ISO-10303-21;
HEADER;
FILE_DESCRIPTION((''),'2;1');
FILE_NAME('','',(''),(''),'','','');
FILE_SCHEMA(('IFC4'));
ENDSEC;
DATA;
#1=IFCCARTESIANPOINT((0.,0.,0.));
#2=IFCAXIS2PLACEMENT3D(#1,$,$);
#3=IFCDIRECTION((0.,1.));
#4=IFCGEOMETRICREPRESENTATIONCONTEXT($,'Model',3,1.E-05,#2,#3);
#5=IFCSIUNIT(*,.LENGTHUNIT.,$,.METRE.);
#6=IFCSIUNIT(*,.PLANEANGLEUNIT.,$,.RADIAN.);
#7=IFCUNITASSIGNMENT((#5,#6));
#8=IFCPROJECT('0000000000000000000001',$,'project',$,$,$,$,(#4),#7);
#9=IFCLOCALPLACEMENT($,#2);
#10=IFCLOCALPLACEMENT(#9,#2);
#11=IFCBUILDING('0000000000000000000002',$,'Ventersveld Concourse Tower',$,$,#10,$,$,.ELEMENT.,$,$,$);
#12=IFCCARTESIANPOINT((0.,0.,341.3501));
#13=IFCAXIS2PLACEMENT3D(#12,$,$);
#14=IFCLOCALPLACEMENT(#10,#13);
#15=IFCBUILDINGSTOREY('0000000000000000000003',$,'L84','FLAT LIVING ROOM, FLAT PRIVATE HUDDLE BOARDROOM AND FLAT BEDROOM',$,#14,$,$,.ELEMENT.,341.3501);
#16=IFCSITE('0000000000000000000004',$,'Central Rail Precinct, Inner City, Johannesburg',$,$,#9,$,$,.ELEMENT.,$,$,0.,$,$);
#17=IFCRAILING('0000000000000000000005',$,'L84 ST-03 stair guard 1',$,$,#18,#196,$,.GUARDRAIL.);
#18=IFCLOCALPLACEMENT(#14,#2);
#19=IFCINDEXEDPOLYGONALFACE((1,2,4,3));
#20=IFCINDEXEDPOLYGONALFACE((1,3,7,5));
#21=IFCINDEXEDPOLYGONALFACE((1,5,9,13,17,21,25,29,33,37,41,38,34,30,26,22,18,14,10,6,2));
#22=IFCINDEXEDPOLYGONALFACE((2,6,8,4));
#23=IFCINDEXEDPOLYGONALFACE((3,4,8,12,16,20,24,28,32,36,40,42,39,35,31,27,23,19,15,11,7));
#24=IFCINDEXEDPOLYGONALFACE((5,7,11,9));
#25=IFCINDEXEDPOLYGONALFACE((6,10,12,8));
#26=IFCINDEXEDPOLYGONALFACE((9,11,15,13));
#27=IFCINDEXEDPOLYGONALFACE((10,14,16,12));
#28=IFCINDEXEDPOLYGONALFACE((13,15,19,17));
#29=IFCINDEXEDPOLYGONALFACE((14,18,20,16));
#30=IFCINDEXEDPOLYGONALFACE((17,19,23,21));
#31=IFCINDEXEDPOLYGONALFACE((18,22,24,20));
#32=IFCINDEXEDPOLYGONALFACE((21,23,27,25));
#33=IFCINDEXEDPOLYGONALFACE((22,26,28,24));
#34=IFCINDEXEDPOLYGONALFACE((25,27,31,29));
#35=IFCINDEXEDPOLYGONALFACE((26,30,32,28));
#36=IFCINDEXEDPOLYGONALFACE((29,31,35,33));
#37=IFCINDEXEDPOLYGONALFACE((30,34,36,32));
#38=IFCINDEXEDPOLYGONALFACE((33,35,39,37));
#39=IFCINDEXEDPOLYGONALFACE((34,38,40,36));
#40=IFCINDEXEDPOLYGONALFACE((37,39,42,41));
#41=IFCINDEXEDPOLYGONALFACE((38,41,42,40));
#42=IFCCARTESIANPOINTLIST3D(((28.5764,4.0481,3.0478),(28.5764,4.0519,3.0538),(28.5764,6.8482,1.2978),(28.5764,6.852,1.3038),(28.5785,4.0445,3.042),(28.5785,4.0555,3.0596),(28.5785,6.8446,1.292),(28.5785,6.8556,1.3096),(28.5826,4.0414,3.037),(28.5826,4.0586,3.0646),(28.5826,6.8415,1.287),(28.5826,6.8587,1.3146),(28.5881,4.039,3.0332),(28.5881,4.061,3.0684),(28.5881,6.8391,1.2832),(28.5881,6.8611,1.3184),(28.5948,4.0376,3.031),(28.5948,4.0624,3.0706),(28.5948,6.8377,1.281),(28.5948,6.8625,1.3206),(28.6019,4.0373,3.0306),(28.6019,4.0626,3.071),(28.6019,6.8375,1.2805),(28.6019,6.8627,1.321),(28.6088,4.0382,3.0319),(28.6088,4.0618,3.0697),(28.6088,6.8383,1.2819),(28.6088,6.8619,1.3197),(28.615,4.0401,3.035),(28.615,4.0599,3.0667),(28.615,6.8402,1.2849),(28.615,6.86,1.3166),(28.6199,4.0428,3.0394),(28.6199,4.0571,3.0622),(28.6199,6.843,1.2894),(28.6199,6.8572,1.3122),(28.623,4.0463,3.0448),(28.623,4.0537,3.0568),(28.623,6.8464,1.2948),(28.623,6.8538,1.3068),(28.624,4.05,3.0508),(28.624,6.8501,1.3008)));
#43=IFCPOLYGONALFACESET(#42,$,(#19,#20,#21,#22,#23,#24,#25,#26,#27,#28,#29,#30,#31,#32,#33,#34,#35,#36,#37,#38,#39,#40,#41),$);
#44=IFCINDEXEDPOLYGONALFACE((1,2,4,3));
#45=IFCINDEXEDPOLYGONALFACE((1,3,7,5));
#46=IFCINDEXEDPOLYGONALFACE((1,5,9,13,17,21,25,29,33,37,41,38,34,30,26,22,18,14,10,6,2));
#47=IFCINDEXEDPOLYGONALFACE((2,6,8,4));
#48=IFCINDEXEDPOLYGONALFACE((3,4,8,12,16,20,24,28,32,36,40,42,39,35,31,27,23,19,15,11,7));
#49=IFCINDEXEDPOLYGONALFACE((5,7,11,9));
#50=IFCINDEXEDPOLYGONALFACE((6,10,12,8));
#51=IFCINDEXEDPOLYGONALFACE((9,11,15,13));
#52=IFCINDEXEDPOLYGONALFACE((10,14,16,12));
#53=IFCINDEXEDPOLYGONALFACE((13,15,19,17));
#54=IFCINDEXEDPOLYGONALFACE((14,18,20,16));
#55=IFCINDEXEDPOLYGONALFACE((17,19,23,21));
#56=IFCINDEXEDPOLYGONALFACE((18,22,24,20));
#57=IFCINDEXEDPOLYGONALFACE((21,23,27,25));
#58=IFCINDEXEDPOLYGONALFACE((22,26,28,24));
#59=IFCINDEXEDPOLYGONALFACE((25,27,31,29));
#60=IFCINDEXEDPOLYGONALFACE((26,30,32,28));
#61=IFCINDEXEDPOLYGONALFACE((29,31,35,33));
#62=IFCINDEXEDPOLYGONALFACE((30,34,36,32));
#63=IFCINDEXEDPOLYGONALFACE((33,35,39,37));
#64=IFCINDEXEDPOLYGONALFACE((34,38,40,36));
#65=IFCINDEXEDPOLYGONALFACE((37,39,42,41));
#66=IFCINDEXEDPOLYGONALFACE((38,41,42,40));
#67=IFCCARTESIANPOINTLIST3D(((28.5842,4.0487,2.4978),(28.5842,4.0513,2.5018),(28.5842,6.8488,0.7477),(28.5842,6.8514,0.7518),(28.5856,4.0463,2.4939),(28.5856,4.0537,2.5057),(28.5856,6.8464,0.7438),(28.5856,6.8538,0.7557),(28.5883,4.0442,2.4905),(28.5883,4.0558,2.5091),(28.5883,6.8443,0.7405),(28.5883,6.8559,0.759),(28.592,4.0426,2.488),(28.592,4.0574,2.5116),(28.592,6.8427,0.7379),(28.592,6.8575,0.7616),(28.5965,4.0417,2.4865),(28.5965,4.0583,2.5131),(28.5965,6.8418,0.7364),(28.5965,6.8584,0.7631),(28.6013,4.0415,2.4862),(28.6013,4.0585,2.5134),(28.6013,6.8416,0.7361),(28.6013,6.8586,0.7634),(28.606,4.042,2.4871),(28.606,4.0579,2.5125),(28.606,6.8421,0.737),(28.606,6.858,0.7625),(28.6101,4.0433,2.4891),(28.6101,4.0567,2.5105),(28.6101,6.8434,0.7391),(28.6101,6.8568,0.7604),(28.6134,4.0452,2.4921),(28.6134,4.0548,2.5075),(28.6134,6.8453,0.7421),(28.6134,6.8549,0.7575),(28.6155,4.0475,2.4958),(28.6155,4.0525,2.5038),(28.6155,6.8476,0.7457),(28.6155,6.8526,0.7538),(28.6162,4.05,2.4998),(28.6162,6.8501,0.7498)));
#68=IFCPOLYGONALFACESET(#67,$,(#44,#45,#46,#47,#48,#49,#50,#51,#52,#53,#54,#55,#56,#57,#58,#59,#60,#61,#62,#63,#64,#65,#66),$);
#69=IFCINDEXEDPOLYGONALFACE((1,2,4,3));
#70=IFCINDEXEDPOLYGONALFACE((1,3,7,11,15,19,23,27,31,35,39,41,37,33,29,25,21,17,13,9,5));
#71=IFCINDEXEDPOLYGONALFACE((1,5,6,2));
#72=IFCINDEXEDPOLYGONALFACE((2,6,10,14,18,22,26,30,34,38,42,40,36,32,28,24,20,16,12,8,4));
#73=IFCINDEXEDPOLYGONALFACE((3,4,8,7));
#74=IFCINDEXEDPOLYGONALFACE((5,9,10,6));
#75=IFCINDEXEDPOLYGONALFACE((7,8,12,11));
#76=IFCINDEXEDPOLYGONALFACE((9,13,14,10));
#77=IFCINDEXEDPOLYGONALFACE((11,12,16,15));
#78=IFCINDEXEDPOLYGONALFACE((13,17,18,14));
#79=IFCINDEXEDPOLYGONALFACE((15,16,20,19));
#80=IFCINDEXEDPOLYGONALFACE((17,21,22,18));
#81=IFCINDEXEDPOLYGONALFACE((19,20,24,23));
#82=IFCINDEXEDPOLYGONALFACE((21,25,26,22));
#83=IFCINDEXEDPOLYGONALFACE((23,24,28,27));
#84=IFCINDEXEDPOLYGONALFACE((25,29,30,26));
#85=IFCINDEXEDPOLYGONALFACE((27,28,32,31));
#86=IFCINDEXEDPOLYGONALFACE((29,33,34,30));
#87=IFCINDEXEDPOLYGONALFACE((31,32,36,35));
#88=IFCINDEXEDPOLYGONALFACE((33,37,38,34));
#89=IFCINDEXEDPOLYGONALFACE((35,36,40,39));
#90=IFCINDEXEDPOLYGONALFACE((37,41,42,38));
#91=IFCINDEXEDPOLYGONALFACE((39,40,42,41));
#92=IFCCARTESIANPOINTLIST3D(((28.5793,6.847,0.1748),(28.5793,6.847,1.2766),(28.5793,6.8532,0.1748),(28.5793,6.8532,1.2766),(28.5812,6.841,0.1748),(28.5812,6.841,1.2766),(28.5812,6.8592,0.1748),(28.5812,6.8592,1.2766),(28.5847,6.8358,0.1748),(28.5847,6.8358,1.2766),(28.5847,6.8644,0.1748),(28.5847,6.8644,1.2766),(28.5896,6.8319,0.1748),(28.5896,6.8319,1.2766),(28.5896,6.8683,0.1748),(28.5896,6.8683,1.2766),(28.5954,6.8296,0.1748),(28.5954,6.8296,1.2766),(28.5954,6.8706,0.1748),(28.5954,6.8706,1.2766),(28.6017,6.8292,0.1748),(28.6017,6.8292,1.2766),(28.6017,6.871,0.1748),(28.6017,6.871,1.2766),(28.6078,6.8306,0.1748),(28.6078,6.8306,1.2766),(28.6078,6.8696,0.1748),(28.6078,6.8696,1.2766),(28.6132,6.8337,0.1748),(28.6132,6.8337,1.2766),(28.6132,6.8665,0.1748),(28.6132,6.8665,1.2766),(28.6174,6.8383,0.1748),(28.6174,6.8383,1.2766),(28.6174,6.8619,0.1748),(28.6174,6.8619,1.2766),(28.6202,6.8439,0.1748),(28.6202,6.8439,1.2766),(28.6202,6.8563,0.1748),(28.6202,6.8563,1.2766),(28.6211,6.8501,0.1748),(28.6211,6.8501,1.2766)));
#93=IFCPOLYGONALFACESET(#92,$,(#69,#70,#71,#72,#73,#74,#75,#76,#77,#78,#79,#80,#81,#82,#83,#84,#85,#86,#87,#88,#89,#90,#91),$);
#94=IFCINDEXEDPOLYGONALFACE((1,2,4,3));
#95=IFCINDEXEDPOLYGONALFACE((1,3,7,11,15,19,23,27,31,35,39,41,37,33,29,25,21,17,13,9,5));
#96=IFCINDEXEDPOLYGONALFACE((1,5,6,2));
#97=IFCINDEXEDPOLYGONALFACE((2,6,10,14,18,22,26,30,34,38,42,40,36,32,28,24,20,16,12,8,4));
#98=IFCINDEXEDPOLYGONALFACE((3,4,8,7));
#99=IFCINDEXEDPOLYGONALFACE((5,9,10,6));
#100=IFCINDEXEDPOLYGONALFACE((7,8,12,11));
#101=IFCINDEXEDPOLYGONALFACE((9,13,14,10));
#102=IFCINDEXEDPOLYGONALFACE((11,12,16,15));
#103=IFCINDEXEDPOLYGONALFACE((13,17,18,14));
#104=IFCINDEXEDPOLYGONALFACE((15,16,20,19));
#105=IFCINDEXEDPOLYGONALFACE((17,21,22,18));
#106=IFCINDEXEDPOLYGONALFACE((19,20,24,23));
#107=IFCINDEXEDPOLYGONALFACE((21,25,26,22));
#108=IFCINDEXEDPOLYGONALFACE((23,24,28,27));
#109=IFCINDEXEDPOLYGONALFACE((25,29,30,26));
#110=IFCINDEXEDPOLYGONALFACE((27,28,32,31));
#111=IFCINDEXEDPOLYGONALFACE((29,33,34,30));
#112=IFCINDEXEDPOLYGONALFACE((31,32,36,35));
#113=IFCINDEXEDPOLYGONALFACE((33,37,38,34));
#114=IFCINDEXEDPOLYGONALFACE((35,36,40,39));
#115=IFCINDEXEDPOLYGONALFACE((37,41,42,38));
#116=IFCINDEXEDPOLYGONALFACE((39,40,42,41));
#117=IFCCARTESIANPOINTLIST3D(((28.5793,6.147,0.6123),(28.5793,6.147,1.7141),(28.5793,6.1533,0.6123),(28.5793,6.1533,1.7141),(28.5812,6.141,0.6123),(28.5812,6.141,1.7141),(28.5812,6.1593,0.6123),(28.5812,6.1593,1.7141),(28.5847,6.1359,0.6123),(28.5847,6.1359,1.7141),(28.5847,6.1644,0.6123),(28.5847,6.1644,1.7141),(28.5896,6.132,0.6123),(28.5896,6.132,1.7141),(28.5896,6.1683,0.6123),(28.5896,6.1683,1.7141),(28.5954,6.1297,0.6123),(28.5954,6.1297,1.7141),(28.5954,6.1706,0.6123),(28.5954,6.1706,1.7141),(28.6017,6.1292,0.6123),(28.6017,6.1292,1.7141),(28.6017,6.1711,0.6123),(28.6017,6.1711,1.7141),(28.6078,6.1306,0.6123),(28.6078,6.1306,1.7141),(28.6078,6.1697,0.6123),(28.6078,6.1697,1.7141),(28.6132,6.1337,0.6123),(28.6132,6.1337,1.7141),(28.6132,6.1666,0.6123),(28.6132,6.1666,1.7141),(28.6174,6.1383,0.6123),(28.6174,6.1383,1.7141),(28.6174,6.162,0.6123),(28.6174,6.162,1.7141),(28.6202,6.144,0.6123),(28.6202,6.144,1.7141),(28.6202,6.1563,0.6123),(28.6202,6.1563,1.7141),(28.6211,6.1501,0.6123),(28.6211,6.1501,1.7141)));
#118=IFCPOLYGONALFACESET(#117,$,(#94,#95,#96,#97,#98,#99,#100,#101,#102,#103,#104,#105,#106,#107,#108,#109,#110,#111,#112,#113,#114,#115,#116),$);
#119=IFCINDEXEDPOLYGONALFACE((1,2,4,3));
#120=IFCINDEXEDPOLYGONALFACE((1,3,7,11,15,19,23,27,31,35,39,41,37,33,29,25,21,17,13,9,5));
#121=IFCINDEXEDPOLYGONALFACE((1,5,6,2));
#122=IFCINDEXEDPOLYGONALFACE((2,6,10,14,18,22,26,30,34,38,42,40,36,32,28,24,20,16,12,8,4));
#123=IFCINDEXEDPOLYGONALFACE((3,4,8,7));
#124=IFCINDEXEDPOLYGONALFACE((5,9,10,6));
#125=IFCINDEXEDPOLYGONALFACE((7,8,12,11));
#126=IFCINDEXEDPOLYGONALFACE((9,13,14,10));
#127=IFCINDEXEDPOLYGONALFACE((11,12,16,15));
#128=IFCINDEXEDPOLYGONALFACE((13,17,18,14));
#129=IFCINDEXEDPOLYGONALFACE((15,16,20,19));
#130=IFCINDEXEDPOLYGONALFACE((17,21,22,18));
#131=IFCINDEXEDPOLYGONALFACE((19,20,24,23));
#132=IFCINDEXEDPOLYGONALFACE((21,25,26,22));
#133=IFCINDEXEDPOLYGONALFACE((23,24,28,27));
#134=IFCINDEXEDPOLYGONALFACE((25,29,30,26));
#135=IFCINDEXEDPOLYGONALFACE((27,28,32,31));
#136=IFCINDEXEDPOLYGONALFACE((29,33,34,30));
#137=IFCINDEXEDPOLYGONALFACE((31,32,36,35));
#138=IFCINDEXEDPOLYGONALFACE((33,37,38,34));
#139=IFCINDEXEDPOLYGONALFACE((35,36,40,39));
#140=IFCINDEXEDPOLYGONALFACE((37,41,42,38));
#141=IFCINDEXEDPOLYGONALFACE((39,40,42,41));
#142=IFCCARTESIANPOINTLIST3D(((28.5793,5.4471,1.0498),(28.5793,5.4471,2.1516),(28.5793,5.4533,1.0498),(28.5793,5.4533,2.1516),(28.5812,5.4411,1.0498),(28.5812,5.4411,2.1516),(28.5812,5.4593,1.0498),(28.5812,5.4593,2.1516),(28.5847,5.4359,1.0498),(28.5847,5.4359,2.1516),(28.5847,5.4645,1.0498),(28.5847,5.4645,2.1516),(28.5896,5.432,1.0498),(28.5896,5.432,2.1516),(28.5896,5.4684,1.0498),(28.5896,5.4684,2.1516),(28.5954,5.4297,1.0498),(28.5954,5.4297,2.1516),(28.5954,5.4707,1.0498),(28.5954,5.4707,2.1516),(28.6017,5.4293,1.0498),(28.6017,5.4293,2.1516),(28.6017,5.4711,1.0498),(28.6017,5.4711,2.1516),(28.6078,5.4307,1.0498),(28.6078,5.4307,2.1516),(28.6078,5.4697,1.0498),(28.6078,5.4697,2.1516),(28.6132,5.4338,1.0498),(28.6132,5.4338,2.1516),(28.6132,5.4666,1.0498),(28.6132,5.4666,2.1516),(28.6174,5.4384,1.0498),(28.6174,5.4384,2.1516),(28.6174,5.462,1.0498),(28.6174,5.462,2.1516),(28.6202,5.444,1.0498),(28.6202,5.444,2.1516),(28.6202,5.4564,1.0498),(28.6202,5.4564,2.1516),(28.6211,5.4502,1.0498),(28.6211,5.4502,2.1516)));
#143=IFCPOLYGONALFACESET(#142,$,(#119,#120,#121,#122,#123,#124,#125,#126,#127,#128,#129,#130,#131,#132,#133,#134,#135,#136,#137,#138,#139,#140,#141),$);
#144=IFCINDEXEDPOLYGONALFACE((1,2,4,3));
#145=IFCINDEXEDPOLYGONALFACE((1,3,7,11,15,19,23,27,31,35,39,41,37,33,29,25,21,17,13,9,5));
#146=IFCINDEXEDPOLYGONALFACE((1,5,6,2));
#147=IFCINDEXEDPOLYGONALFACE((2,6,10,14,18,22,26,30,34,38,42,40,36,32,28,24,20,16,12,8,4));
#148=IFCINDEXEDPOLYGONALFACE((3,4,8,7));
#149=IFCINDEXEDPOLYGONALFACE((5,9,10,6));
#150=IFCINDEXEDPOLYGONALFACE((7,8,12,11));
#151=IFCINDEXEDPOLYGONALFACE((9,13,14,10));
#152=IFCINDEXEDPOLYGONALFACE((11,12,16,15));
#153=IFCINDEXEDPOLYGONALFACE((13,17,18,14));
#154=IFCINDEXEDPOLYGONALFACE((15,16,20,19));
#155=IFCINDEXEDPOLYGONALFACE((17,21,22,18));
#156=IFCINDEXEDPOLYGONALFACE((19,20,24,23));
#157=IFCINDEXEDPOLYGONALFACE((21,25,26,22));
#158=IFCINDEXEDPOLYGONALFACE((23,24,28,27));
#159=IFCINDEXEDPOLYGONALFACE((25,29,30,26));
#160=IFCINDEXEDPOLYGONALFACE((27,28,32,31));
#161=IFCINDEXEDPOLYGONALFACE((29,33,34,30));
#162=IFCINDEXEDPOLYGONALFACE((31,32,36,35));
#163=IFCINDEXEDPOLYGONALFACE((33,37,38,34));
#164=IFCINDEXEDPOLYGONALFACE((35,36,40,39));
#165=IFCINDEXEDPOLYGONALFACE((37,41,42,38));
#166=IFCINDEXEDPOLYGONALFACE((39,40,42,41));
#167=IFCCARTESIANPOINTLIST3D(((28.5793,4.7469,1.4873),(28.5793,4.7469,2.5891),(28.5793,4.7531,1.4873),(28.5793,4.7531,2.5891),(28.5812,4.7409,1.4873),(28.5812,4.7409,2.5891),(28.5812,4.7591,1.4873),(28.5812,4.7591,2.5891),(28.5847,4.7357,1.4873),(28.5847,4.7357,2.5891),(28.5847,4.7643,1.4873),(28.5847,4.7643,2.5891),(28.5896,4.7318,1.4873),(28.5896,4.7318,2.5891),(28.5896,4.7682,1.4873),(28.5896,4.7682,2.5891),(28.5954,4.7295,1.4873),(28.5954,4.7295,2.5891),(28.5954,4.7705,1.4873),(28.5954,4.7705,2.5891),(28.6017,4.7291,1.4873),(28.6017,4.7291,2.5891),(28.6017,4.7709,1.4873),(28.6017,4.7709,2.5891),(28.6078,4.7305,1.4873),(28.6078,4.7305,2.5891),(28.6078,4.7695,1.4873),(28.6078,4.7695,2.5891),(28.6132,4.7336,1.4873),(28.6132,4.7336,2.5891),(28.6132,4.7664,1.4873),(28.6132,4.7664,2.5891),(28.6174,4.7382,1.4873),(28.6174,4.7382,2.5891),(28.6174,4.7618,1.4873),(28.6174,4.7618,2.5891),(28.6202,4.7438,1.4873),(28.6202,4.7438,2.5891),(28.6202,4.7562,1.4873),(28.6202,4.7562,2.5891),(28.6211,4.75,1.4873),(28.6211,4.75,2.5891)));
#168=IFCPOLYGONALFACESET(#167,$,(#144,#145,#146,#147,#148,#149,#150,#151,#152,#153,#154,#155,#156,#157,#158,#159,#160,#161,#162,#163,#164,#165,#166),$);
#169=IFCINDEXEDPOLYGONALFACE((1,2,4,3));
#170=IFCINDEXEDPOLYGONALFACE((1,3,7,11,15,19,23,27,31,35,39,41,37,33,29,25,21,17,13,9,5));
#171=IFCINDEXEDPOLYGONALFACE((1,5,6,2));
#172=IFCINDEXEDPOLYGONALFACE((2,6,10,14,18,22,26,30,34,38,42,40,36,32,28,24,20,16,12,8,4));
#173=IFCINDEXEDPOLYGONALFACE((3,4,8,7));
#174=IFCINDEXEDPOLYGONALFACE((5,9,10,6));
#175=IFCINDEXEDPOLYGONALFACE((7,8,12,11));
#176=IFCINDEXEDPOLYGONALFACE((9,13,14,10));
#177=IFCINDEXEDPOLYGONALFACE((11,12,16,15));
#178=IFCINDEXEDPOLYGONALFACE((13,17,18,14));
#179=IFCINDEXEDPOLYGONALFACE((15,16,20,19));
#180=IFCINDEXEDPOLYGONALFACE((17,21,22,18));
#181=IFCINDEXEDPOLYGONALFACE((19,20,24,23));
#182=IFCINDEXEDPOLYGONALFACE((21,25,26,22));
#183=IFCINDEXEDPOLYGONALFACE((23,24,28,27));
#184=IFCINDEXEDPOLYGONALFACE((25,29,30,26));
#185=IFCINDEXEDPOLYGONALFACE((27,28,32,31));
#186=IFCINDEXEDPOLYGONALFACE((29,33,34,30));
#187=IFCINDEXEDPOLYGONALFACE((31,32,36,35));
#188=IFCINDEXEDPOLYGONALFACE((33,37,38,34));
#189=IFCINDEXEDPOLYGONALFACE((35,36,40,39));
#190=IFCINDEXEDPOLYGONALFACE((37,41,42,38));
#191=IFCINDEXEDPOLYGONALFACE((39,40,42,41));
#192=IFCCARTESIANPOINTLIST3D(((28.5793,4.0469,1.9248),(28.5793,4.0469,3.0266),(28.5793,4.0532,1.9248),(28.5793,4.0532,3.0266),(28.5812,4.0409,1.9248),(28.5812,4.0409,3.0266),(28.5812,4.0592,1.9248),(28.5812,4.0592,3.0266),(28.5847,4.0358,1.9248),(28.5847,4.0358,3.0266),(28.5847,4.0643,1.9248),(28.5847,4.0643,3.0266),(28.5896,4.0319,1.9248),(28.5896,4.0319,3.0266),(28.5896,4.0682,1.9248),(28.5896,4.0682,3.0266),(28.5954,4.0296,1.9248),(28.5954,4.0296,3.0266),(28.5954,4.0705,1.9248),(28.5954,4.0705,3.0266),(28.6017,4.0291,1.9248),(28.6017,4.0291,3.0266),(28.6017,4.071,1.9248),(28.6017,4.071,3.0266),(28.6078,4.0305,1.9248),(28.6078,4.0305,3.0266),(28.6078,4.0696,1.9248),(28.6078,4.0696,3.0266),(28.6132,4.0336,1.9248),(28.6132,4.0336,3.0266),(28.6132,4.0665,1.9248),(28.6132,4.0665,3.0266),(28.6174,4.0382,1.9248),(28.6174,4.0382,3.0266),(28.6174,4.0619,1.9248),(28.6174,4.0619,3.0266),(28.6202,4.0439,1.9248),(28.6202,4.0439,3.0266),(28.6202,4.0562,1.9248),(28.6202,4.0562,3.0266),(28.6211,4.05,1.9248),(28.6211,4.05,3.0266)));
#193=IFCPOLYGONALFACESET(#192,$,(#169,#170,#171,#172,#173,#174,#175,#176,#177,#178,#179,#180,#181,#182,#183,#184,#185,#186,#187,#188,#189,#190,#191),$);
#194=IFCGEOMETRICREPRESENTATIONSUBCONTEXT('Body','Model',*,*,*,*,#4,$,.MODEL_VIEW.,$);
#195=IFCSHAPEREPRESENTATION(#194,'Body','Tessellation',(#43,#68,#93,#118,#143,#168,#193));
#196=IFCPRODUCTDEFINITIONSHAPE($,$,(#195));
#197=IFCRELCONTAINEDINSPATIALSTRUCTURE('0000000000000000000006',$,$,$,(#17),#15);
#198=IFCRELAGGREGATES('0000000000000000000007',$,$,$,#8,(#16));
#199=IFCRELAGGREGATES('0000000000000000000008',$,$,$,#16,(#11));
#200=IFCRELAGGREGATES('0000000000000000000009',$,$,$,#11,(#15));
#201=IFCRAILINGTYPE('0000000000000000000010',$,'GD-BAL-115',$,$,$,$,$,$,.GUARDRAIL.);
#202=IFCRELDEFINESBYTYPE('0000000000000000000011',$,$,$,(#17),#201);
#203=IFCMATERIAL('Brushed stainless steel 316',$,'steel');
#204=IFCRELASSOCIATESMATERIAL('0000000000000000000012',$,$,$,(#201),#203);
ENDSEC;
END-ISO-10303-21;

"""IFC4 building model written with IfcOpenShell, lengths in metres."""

from ifc_helpers import new_model, si_unit, direction, frame, origin, origin_2d, place, context, subcontext, project, spatial, circle, extrude, material, type_object, element, save


model = new_model("IFC4")

# Units and contexts
model_context = context("Model", 3, precision=1e-05, world=origin(), true_north=direction((0.0, 1.0)))
body_context = subcontext(model_context, "Body", "Model", "MODEL_VIEW")
ifc_project = project(units=[si_unit("LENGTHUNIT", "METRE"), si_unit("PLANEANGLEUNIT", "RADIAN")], contexts=[model_context])

# Site, building, storey
site_placement = place(None, origin())
site = spatial("IfcSite", under=ifc_project, at=site_placement, Name="Central Rail Precinct, Inner City, Johannesburg", CompositionType="ELEMENT", RefElevation=0.0)
building_placement = place(site_placement, origin())
building = spatial("IfcBuilding", under=site, at=building_placement, Name="Ventersveld Concourse Tower", CompositionType="ELEMENT")
storey_placement = place(building_placement, frame((0.0, 0.0, 341.3501)))
storey = spatial("IfcBuildingStorey", under=building, at=storey_placement, Name="L84", Description="FLAT LIVING ROOM, FLAT PRIVATE HUDDLE BOARDROOM AND FLAT BEDROOM", CompositionType="ELEMENT", Elevation=341.3501)

# Railing
ifc_material_1 = material(Name="Brushed stainless steel 316", Category="steel")
railing_type_1 = type_object("IfcRailingType", Name="GD-BAL-115", PredefinedType="GUARDRAIL", material=ifc_material_1)
railing_1_placement = place(storey_placement, frame((28.6001, 6.8501, 0.1748)))
element("IfcRailing", 1, at=railing_1_placement, inside=storey, type_object=railing_type_1, Name="L84 ST-03 stair guard 1", PredefinedType="GUARDRAIL", context=body_context, shape_type="SweptSolid", body=[
    extrude(circle(Radius=0.0239, at=origin_2d()), frame((0.0, 0.0, 1.126), z_axis=(0.0, -0.848002, 0.529992), x_axis=(1.0, 0.0, 0.0)), (0.0, 0.0, 1.0), 3.302),
    extrude(circle(Radius=0.0161, at=origin_2d()), frame((0.0, 0.0, 0.575), z_axis=(0.0, -0.848002, 0.529992), x_axis=(1.0, 0.0, 0.0)), (0.0, 0.0, 1.0), 3.302),
    extrude(circle(Radius=0.021, at=origin_2d()), origin(), (0.0, 0.0, 1.0), 1.1018),
    extrude(circle(Radius=0.021, at=origin_2d()), frame((0.0, -0.7, 0.4375)), (0.0, 0.0, 1.0), 1.1018),
    extrude(circle(Radius=0.021, at=origin_2d()), frame((0.0, -1.3999, 0.875)), (0.0, 0.0, 1.0), 1.1018),
    extrude(circle(Radius=0.021, at=origin_2d()), frame((0.0, -2.1001, 1.3125)), (0.0, 0.0, 1.0), 1.1018),
    extrude(circle(Radius=0.021, at=origin_2d()), frame((0.0, -2.8, 1.75)), (0.0, 0.0, 1.0), 1.1018),
])

save(model, "model.ifc")
